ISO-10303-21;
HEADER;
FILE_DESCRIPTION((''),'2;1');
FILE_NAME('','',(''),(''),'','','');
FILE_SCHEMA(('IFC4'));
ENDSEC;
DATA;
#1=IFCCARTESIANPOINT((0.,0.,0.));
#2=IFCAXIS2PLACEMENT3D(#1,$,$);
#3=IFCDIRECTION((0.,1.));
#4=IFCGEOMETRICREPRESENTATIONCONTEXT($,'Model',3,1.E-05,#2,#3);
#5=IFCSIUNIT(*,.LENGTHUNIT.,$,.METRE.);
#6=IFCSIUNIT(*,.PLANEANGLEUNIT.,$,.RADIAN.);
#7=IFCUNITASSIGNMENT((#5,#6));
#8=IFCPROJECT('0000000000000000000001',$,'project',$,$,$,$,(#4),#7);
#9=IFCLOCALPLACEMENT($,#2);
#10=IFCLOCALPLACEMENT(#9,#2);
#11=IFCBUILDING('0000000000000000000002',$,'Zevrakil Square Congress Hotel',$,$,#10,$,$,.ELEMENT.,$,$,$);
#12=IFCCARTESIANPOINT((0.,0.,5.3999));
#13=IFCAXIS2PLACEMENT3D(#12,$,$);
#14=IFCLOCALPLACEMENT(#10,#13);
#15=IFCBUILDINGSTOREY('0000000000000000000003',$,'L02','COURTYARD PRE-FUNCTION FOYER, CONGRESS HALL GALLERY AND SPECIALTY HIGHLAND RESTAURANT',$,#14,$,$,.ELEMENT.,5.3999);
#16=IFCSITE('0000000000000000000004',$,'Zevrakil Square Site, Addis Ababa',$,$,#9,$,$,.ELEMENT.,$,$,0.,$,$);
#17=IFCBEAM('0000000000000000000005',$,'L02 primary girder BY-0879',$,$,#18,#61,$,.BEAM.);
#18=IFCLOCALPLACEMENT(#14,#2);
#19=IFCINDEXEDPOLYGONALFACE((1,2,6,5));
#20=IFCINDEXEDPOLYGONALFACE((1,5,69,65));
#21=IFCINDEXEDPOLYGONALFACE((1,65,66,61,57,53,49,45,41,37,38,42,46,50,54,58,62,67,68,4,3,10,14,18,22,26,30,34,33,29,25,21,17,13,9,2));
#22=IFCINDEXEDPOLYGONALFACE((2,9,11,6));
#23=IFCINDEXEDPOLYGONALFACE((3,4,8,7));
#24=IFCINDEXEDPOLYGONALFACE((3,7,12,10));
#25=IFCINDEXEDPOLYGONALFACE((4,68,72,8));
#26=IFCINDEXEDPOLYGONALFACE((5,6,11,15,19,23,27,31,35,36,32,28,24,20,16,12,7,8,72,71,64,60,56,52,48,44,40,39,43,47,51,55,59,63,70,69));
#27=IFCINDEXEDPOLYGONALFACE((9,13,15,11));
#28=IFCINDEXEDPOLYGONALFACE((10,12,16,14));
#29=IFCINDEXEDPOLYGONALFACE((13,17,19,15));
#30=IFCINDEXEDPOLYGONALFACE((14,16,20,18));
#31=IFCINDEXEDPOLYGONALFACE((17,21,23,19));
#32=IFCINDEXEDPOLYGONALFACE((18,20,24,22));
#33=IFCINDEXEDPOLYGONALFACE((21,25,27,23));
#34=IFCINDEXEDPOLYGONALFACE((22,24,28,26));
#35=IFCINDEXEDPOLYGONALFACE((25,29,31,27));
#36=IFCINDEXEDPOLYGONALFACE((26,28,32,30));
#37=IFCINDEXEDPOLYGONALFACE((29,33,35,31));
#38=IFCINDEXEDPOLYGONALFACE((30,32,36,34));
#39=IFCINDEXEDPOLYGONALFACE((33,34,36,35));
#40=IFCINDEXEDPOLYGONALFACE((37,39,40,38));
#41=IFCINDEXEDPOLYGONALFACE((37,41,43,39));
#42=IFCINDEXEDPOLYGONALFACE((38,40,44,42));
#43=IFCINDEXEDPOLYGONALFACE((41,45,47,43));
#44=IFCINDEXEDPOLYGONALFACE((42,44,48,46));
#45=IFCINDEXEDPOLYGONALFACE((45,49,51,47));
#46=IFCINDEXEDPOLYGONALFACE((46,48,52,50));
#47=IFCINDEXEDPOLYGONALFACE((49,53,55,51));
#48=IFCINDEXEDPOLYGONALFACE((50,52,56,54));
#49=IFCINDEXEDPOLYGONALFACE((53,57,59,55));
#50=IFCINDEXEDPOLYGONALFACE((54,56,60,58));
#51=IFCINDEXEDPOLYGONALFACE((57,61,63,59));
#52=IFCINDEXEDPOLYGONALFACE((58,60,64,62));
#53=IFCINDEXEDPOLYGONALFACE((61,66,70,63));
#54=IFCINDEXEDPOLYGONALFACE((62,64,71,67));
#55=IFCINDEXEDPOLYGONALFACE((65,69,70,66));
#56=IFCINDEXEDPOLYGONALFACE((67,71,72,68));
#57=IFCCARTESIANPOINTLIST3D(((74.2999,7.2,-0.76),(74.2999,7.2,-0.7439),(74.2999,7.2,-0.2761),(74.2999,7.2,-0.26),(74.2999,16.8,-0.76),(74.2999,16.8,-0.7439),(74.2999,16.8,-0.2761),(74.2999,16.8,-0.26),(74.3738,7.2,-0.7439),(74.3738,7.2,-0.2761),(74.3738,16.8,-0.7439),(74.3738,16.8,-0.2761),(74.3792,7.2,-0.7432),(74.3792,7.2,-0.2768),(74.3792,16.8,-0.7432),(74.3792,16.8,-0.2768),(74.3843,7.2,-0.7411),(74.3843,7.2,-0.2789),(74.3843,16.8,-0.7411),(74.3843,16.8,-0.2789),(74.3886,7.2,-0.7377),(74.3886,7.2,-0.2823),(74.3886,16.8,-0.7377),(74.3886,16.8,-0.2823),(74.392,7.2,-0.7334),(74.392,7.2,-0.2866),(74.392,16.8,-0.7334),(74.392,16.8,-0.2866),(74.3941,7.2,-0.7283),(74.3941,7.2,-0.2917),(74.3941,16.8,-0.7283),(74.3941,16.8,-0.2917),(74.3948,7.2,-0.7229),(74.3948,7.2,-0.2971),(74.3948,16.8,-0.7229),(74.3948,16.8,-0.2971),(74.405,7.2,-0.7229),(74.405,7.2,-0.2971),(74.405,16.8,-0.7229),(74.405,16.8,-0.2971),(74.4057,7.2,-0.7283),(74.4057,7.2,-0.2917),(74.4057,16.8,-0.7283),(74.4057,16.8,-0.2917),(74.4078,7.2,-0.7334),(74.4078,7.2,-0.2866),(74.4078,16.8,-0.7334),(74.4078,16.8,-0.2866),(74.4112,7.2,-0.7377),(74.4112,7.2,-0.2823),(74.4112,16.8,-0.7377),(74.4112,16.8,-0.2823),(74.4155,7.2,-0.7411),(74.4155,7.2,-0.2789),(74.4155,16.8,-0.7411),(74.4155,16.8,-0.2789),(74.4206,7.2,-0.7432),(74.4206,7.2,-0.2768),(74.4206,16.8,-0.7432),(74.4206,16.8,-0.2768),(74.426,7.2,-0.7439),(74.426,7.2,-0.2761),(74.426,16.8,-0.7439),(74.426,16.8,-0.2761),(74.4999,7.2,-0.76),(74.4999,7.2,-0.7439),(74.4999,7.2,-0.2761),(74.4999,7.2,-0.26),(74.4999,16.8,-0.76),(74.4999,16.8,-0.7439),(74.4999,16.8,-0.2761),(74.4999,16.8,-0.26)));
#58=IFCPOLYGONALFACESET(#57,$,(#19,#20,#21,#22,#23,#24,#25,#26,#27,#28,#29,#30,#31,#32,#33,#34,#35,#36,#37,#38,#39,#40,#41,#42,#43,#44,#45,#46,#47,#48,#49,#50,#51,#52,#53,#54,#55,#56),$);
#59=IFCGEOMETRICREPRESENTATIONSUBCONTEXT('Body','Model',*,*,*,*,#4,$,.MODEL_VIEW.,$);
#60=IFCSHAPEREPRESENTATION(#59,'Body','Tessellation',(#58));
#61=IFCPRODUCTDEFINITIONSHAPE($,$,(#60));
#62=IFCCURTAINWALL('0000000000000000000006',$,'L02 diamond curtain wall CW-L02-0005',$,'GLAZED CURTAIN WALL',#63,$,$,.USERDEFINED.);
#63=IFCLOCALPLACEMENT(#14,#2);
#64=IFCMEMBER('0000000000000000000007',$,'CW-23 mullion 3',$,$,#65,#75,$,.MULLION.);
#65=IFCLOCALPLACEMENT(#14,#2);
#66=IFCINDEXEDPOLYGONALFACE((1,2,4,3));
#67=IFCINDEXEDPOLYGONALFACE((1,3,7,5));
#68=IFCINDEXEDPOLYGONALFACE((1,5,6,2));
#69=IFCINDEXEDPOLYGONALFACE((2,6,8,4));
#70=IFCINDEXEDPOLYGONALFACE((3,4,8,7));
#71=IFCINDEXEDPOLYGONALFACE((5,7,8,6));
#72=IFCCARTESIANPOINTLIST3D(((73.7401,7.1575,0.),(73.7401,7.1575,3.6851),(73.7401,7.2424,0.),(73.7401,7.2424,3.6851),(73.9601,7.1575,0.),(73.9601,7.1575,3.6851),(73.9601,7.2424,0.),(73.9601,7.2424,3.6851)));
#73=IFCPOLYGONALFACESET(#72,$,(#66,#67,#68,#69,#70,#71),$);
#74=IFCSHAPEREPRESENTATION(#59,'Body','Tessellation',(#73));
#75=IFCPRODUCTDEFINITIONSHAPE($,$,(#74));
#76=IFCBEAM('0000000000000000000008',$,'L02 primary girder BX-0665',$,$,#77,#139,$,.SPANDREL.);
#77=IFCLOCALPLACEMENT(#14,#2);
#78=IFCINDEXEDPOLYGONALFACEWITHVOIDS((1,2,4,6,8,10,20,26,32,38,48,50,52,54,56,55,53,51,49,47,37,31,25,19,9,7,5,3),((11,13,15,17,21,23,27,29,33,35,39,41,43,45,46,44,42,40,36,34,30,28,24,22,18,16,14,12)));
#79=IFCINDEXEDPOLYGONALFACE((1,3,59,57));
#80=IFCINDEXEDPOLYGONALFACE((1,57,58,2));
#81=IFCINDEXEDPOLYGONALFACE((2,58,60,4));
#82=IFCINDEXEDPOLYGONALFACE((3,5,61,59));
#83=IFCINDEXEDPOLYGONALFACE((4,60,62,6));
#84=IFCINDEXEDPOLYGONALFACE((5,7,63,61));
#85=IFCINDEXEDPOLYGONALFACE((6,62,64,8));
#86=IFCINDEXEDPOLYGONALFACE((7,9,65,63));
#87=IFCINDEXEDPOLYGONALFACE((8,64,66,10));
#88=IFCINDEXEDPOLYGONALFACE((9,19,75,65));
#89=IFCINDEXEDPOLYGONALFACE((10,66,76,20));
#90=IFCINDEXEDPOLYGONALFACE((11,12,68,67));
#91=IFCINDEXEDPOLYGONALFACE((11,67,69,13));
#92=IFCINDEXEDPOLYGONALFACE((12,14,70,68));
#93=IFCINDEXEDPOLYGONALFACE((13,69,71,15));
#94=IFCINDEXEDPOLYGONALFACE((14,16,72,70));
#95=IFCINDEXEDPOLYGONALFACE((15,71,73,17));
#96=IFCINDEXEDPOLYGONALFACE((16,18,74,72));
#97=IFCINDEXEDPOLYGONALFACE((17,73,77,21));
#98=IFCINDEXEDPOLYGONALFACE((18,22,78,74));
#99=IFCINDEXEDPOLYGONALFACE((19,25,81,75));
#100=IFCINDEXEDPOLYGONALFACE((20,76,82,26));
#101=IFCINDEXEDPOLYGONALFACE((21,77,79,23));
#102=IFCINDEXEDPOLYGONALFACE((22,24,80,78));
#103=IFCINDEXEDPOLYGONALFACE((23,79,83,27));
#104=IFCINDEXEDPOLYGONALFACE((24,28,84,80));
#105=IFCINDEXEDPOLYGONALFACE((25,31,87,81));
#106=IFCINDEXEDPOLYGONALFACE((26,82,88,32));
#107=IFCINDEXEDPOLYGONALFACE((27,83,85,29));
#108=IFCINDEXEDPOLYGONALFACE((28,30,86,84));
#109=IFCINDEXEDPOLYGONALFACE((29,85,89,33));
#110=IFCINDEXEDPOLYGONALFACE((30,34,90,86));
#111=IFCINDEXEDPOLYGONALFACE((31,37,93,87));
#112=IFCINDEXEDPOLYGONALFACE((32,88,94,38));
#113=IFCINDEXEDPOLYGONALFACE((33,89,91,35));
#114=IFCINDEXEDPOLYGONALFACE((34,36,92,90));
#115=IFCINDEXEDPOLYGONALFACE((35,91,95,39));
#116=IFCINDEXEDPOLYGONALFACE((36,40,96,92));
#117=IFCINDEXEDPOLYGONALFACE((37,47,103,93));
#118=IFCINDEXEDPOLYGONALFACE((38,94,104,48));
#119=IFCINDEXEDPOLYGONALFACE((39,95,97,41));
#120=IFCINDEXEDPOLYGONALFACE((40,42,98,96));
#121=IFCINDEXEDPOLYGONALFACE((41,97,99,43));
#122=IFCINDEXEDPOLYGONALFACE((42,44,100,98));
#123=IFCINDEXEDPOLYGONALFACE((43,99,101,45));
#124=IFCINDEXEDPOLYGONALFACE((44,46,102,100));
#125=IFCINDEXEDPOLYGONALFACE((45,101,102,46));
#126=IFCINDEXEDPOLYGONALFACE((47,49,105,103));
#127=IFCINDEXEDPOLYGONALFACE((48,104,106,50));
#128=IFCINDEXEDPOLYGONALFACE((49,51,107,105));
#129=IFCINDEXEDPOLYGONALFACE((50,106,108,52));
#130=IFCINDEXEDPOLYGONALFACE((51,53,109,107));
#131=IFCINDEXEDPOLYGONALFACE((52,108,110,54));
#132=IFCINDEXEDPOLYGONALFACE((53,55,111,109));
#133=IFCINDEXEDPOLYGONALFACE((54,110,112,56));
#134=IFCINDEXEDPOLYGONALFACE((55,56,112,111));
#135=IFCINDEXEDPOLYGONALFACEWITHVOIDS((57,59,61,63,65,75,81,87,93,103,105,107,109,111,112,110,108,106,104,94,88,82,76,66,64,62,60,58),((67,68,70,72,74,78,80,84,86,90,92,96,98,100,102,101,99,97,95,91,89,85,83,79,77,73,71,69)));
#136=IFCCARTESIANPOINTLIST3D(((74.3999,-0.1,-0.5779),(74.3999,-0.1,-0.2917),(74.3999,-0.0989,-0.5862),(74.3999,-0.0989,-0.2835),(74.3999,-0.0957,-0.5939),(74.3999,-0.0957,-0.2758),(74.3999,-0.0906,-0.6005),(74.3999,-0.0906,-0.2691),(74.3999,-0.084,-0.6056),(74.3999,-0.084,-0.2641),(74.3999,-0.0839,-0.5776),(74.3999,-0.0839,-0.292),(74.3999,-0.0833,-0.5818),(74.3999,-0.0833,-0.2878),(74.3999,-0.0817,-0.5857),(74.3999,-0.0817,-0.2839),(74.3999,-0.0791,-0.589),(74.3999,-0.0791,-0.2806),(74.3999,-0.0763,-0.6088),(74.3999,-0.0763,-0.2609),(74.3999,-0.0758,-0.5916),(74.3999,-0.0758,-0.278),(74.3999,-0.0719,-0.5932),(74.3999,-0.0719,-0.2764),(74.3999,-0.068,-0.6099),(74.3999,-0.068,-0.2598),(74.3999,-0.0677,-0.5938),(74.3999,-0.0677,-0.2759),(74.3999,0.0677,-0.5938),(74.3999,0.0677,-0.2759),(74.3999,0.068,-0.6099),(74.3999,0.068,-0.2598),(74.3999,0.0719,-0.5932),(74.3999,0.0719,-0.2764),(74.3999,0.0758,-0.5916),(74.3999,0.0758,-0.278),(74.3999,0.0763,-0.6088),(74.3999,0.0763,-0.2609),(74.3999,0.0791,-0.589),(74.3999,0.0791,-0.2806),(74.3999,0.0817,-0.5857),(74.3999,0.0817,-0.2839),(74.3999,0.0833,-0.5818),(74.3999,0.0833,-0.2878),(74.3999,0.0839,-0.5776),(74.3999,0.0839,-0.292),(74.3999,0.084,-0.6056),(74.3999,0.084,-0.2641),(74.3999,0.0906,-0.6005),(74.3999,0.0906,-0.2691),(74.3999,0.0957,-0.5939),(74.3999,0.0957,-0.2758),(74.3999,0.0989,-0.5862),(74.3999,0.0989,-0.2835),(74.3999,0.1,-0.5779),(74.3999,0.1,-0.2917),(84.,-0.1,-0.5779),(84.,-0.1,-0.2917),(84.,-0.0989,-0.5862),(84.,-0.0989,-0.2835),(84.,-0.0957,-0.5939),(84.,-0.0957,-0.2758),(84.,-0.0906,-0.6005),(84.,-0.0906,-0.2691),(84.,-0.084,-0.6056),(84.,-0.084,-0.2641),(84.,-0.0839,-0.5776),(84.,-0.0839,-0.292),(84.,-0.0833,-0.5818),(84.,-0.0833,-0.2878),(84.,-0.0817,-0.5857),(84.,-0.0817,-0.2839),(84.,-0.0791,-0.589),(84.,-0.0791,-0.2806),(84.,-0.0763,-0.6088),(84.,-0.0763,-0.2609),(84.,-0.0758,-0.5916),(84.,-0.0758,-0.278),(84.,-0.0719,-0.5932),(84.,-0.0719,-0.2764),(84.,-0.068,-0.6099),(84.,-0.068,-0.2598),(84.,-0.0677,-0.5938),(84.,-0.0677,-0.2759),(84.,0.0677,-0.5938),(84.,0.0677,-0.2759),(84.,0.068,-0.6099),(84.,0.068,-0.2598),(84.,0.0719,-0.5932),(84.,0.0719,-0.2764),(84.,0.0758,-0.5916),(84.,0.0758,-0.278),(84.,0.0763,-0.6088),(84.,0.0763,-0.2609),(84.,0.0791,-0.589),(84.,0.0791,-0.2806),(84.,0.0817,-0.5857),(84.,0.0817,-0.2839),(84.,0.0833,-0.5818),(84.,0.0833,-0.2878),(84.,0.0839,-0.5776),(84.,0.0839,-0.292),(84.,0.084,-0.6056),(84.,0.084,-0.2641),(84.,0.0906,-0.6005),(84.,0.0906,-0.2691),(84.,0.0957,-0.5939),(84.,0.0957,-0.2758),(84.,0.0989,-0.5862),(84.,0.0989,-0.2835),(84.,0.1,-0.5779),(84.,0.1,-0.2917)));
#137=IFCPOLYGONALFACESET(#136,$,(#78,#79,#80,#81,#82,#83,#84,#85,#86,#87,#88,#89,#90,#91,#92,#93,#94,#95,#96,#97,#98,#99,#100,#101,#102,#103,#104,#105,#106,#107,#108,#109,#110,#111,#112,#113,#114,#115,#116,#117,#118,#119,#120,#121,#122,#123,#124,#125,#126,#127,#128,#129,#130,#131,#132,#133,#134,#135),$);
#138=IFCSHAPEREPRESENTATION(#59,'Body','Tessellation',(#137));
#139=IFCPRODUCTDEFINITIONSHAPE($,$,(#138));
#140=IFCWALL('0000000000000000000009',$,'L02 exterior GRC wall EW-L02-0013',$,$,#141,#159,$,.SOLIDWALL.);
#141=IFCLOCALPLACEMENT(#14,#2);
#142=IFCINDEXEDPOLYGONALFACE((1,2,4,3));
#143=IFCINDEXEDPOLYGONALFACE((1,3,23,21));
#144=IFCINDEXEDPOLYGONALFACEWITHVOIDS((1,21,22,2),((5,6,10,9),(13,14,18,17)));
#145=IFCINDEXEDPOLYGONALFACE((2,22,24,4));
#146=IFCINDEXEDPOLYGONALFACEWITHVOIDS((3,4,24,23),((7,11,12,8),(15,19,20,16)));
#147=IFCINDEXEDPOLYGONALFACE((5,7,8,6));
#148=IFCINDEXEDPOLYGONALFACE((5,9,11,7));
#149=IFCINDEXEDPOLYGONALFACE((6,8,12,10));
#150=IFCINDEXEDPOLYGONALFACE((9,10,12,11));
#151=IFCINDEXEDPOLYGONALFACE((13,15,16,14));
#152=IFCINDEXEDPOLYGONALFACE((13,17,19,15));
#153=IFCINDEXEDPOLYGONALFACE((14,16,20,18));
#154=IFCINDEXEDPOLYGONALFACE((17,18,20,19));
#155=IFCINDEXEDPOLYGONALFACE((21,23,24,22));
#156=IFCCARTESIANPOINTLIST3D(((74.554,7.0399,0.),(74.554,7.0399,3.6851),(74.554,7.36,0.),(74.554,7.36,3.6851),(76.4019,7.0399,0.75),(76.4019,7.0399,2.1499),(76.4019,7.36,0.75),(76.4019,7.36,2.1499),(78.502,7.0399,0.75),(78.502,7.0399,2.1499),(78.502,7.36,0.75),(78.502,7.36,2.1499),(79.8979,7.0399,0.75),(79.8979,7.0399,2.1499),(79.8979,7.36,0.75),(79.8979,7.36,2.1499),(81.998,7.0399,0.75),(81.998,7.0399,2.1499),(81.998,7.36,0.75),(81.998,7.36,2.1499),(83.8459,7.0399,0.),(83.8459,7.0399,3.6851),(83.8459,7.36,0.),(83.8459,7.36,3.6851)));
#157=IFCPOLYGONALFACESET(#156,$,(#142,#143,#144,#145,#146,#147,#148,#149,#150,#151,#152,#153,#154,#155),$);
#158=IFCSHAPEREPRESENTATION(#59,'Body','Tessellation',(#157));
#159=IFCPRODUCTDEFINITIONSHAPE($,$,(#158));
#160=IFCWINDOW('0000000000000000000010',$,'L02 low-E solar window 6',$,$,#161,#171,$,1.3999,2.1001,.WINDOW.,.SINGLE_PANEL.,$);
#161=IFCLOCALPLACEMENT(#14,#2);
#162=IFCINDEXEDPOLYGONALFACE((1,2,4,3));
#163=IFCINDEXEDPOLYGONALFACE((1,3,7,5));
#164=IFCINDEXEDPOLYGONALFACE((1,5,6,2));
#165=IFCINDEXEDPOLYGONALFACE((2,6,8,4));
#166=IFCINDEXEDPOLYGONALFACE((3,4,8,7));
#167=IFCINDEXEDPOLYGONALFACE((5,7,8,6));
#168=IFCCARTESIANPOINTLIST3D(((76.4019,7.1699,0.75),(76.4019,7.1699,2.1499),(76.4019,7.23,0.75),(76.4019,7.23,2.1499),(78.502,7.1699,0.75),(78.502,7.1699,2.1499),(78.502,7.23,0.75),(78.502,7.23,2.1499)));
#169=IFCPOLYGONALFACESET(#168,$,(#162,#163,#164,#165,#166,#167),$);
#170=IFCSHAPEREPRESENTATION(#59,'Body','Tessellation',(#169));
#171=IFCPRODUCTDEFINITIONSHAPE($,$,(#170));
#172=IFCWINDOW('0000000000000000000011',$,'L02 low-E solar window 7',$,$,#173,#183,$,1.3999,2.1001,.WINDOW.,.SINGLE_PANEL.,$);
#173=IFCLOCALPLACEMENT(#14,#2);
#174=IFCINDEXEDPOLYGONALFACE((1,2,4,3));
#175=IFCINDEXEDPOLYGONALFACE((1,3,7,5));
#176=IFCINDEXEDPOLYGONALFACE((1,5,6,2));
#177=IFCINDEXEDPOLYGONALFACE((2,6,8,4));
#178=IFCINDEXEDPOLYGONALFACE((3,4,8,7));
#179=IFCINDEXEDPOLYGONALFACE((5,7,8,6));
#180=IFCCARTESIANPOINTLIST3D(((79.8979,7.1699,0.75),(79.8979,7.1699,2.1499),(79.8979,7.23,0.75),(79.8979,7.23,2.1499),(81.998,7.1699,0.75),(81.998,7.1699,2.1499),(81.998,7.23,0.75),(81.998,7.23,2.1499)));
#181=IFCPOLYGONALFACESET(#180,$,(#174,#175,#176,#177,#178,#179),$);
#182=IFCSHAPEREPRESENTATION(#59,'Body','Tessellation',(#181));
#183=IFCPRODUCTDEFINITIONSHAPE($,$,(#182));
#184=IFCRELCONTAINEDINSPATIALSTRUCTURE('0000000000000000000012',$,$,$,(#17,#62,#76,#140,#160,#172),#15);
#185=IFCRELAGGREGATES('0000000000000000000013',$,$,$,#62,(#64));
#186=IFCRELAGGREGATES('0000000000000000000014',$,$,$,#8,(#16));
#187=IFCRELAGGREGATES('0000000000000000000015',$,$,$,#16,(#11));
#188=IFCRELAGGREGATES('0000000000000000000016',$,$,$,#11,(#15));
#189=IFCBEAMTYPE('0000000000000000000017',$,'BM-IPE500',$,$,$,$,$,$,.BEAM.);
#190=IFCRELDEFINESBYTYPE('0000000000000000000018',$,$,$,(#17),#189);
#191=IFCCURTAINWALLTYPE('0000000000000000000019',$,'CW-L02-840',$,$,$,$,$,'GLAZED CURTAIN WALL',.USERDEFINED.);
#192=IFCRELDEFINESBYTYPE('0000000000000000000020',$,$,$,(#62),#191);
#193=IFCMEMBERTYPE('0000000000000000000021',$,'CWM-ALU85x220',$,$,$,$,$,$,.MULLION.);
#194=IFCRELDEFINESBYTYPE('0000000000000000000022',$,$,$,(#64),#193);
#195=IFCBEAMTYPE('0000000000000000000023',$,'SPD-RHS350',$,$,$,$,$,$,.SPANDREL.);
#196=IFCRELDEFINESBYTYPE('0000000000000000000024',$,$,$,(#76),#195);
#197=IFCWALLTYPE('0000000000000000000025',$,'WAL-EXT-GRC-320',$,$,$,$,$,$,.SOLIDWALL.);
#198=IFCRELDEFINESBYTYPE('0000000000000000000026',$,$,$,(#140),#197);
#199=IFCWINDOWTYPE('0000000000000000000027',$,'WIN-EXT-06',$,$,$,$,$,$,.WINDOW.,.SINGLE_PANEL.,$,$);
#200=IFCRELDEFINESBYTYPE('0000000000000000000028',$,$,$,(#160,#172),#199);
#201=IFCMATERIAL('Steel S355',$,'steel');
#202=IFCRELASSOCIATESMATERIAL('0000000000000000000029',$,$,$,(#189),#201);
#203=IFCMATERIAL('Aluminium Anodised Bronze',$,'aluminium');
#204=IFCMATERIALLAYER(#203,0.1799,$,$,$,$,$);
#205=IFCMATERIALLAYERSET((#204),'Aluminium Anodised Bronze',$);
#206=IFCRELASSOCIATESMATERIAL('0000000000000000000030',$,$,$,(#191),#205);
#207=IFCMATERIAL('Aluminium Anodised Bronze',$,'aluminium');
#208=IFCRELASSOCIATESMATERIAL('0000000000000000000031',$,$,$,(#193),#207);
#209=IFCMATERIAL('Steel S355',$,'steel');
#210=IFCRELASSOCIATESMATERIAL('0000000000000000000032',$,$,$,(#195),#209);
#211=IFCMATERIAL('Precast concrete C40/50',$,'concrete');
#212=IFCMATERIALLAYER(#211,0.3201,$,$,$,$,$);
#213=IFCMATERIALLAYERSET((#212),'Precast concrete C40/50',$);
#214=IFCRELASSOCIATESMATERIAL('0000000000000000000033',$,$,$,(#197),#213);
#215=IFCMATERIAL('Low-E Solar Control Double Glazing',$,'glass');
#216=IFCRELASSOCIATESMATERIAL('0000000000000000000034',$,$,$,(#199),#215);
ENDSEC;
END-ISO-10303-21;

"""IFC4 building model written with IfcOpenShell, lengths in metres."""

from ifc_helpers import new_model, si_unit, direction, frame, frame_2d, origin, origin_2d, place, context, subcontext, project, spatial, rectangle, hollow_rectangle, i_section, extrude, material, layer, layer_set, material_profile, profile_set, type_object, element, fill, aggregate, save


model = new_model("IFC4")

# Units and contexts
model_context = context("Model", 3, precision=1e-05, world=origin(), true_north=direction((0.0, 1.0)))
body_context = subcontext(model_context, "Body", "Model", "MODEL_VIEW")
ifc_project = project(units=[si_unit("LENGTHUNIT", "METRE"), si_unit("PLANEANGLEUNIT", "RADIAN")], contexts=[model_context])

# Site, building, storey
site_placement = place(None, origin())
site = spatial("IfcSite", under=ifc_project, at=site_placement, Name="Zevrakil Square Site, Addis Ababa", CompositionType="ELEMENT", RefElevation=0.0)
building_placement = place(site_placement, origin())
building = spatial("IfcBuilding", under=site, at=building_placement, Name="Zevrakil Square Congress Hotel", CompositionType="ELEMENT")
storey_placement = place(building_placement, frame((0.0, 0.0, 5.3999)))
storey = spatial("IfcBuildingStorey", under=building, at=storey_placement, Name="L02", Description="COURTYARD PRE-FUNCTION FOYER, CONGRESS HALL GALLERY AND SPECIALTY HIGHLAND RESTAURANT", CompositionType="ELEMENT", Elevation=5.3999)

# Beam
ifc_material_1 = material(Name="Steel S355", Category="steel")
ifc_material_profile_1 = material_profile(ifc_material_1, i_section(OverallWidth=0.2, OverallDepth=0.5, WebThickness=0.0103, FlangeThickness=0.0161, FilletRadius=0.021, at=origin_2d()), Name="IPE 500")
ifc_profile_set_1 = profile_set([ifc_material_profile_1], Name="Steel S355")
beam_type_1 = type_object("IfcBeamType", Name="BM-IPE500", PredefinedType="BEAM", material=ifc_profile_set_1)
beam_1_placement = place(storey_placement, frame((74.3999, 7.2, -0.51), z_axis=(0.0, 1.0, 0.0), x_axis=(-1.0, 0.0, 0.0)))
element("IfcBeam", 1, at=beam_1_placement, inside=storey, type_object=beam_type_1, Name="L02 primary girder BY-0879", PredefinedType="BEAM", context=body_context, shape_type="SweptSolid", body=[
    extrude(i_section(OverallWidth=0.2, OverallDepth=0.5, WebThickness=0.0103, FlangeThickness=0.0161, FilletRadius=0.021, at=origin_2d()), origin(), (0.0, 0.0, 1.0), 9.6001),
])

# Curtain wall, member
ifc_material_2 = material(Name="Aluminium Anodised Bronze", Category="aluminium")
ifc_layer_1 = layer(ifc_material_2, 0.1799)
ifc_layer_set_1 = layer_set([ifc_layer_1], Name="Aluminium Anodised Bronze")
curtain_wall_type = type_object("IfcCurtainWallType", Name="CW-L02-840", ElementType="GLAZED CURTAIN WALL", PredefinedType="USERDEFINED", material=ifc_layer_set_1)
curtain_wall_placement = place(storey_placement, origin())
curtain_wall = element("IfcCurtainWall", 2, at=curtain_wall_placement, inside=storey, type_object=curtain_wall_type, Name="L02 diamond curtain wall CW-L02-0005", ObjectType="GLAZED CURTAIN WALL", PredefinedType="USERDEFINED")
ifc_material_3 = material(Name="Aluminium Anodised Bronze", Category="aluminium")
ifc_material_profile_2 = material_profile(ifc_material_3, rectangle(XDim=0.085, YDim=0.22, at=origin_2d()), Name="ALU 85x220")
ifc_profile_set_2 = profile_set([ifc_material_profile_2], Name="Aluminium Anodised Bronze")
member_type = type_object("IfcMemberType", Name="CWM-ALU85x220", PredefinedType="MULLION", material=ifc_profile_set_2)
member_placement = place(storey_placement, frame((73.8501, 7.2, 0.0), z_axis=(0.0, 0.0, 1.0), x_axis=(0.0, 1.0, 0.0)))
member = element("IfcMember", 3, at=member_placement, type_object=member_type, Name="CW-23 mullion 3", PredefinedType="MULLION", context=body_context, shape_type="SweptSolid", body=[
    extrude(rectangle(XDim=0.085, YDim=0.22, at=origin_2d()), origin(), (0.0, 0.0, 1.0), 3.6851),
])
aggregate(curtain_wall, [member])

# Beam
ifc_material_4 = material(Name="Steel S355", Category="steel")
ifc_material_profile_3 = material_profile(ifc_material_4, hollow_rectangle(XDim=0.2, YDim=0.3501, WallThickness=0.0161, InnerFilletRadius=0.0161, OuterFilletRadius=0.032, at=origin_2d()), Name="RHS 350x200x16")
ifc_profile_set_3 = profile_set([ifc_material_profile_3], Name="Steel S355")
beam_type_2 = type_object("IfcBeamType", Name="SPD-RHS350", PredefinedType="SPANDREL", material=ifc_profile_set_3)
beam_2_placement = place(storey_placement, frame((74.3999, 0.0, -0.4348), z_axis=(1.0, 0.0, 0.0), x_axis=(0.0, 1.0, 0.0)))
element("IfcBeam", 4, at=beam_2_placement, inside=storey, type_object=beam_type_2, Name="L02 primary girder BX-0665", PredefinedType="SPANDREL", context=body_context, shape_type="SweptSolid", body=[
    extrude(hollow_rectangle(XDim=0.2, YDim=0.3501, WallThickness=0.0161, InnerFilletRadius=0.0161, OuterFilletRadius=0.032, at=origin_2d()), origin(), (0.0, 0.0, 1.0), 9.6001),
])

# Wall, openings, windows
ifc_material_5 = material(Name="Precast concrete C40/50", Category="concrete")
ifc_layer_2 = layer(ifc_material_5, 0.3201)
ifc_layer_set_2 = layer_set([ifc_layer_2], Name="Precast concrete C40/50")
wall_type = type_object("IfcWallType", Name="WAL-EXT-GRC-320", PredefinedType="SOLIDWALL", material=ifc_layer_set_2)
wall_placement = place(storey_placement, frame((74.554, 7.2, 0.0), z_axis=(0.0, 0.0, 1.0), x_axis=(1.0, 0.0, 0.0)))
wall = element("IfcWall", 5, at=wall_placement, inside=storey, type_object=wall_type, Name="L02 exterior GRC wall EW-L02-0013", PredefinedType="SOLIDWALL", context=body_context, shape_type="SweptSolid", body=[
    extrude(rectangle(XDim=9.292, YDim=0.3201, at=frame_2d((4.646, 0.0))), origin(), (0.0, 0.0, 1.0), 3.6851),
])
opening_1_placement = place(wall_placement, frame((1.8479, 0.0, 0.75)))
opening_1 = element("IfcOpeningElement", 6, at=opening_1_placement, cuts=wall, PredefinedType="OPENING", context=body_context, shape_type="SweptSolid", body=[
    extrude(rectangle(XDim=2.1001, YDim=1.3999, at=frame_2d((1.05, 0.7))), frame((0.0, 0.1699, 0.0), z_axis=(0.0, -1.0, 0.0), x_axis=(1.0, 0.0, 0.0)), (0.0, 0.0, 1.0), 0.3401),
])
opening_2_placement = place(wall_placement, frame((5.344, 0.0, 0.75)))
opening_2 = element("IfcOpeningElement", 7, at=opening_2_placement, cuts=wall, PredefinedType="OPENING", context=body_context, shape_type="SweptSolid", body=[
    extrude(rectangle(XDim=2.1001, YDim=1.3999, at=frame_2d((1.05, 0.7))), frame((0.0, 0.1699, 0.0), z_axis=(0.0, -1.0, 0.0), x_axis=(1.0, 0.0, 0.0)), (0.0, 0.0, 1.0), 0.3401),
])
ifc_material_6 = material(Name="Low-E Solar Control Double Glazing", Category="glass")
window_type = type_object("IfcWindowType", Name="WIN-EXT-06", PartitioningType="SINGLE_PANEL", PredefinedType="WINDOW", material=ifc_material_6)
window_1_placement = place(opening_1_placement, origin())
window_1 = element("IfcWindow", 8, at=window_1_placement, inside=storey, type_object=window_type, Name="L02 low-E solar window 6", OverallHeight=1.3999, OverallWidth=2.1001, PartitioningType="SINGLE_PANEL", PredefinedType="WINDOW", context=body_context, shape_type="SweptSolid", body=[
    extrude(rectangle(XDim=2.1001, YDim=1.3999, at=frame_2d((1.05, 0.7))), frame((0.0, 0.03, 0.0), z_axis=(0.0, -1.0, 0.0), x_axis=(1.0, 0.0, 0.0)), (0.0, 0.0, 1.0), 0.0601),
])
fill(opening_1, window_1)
window_2_placement = place(opening_2_placement, origin())
window_2 = element("IfcWindow", 9, at=window_2_placement, inside=storey, type_object=window_type, Name="L02 low-E solar window 7", OverallHeight=1.3999, OverallWidth=2.1001, PartitioningType="SINGLE_PANEL", PredefinedType="WINDOW", context=body_context, shape_type="SweptSolid", body=[
    extrude(rectangle(XDim=2.1001, YDim=1.3999, at=frame_2d((1.05, 0.7))), frame((0.0, 0.03, 0.0), z_axis=(0.0, -1.0, 0.0), x_axis=(1.0, 0.0, 0.0)), (0.0, 0.0, 1.0), 0.0601),
])
fill(opening_2, window_2)

save(model, "model.ifc")
